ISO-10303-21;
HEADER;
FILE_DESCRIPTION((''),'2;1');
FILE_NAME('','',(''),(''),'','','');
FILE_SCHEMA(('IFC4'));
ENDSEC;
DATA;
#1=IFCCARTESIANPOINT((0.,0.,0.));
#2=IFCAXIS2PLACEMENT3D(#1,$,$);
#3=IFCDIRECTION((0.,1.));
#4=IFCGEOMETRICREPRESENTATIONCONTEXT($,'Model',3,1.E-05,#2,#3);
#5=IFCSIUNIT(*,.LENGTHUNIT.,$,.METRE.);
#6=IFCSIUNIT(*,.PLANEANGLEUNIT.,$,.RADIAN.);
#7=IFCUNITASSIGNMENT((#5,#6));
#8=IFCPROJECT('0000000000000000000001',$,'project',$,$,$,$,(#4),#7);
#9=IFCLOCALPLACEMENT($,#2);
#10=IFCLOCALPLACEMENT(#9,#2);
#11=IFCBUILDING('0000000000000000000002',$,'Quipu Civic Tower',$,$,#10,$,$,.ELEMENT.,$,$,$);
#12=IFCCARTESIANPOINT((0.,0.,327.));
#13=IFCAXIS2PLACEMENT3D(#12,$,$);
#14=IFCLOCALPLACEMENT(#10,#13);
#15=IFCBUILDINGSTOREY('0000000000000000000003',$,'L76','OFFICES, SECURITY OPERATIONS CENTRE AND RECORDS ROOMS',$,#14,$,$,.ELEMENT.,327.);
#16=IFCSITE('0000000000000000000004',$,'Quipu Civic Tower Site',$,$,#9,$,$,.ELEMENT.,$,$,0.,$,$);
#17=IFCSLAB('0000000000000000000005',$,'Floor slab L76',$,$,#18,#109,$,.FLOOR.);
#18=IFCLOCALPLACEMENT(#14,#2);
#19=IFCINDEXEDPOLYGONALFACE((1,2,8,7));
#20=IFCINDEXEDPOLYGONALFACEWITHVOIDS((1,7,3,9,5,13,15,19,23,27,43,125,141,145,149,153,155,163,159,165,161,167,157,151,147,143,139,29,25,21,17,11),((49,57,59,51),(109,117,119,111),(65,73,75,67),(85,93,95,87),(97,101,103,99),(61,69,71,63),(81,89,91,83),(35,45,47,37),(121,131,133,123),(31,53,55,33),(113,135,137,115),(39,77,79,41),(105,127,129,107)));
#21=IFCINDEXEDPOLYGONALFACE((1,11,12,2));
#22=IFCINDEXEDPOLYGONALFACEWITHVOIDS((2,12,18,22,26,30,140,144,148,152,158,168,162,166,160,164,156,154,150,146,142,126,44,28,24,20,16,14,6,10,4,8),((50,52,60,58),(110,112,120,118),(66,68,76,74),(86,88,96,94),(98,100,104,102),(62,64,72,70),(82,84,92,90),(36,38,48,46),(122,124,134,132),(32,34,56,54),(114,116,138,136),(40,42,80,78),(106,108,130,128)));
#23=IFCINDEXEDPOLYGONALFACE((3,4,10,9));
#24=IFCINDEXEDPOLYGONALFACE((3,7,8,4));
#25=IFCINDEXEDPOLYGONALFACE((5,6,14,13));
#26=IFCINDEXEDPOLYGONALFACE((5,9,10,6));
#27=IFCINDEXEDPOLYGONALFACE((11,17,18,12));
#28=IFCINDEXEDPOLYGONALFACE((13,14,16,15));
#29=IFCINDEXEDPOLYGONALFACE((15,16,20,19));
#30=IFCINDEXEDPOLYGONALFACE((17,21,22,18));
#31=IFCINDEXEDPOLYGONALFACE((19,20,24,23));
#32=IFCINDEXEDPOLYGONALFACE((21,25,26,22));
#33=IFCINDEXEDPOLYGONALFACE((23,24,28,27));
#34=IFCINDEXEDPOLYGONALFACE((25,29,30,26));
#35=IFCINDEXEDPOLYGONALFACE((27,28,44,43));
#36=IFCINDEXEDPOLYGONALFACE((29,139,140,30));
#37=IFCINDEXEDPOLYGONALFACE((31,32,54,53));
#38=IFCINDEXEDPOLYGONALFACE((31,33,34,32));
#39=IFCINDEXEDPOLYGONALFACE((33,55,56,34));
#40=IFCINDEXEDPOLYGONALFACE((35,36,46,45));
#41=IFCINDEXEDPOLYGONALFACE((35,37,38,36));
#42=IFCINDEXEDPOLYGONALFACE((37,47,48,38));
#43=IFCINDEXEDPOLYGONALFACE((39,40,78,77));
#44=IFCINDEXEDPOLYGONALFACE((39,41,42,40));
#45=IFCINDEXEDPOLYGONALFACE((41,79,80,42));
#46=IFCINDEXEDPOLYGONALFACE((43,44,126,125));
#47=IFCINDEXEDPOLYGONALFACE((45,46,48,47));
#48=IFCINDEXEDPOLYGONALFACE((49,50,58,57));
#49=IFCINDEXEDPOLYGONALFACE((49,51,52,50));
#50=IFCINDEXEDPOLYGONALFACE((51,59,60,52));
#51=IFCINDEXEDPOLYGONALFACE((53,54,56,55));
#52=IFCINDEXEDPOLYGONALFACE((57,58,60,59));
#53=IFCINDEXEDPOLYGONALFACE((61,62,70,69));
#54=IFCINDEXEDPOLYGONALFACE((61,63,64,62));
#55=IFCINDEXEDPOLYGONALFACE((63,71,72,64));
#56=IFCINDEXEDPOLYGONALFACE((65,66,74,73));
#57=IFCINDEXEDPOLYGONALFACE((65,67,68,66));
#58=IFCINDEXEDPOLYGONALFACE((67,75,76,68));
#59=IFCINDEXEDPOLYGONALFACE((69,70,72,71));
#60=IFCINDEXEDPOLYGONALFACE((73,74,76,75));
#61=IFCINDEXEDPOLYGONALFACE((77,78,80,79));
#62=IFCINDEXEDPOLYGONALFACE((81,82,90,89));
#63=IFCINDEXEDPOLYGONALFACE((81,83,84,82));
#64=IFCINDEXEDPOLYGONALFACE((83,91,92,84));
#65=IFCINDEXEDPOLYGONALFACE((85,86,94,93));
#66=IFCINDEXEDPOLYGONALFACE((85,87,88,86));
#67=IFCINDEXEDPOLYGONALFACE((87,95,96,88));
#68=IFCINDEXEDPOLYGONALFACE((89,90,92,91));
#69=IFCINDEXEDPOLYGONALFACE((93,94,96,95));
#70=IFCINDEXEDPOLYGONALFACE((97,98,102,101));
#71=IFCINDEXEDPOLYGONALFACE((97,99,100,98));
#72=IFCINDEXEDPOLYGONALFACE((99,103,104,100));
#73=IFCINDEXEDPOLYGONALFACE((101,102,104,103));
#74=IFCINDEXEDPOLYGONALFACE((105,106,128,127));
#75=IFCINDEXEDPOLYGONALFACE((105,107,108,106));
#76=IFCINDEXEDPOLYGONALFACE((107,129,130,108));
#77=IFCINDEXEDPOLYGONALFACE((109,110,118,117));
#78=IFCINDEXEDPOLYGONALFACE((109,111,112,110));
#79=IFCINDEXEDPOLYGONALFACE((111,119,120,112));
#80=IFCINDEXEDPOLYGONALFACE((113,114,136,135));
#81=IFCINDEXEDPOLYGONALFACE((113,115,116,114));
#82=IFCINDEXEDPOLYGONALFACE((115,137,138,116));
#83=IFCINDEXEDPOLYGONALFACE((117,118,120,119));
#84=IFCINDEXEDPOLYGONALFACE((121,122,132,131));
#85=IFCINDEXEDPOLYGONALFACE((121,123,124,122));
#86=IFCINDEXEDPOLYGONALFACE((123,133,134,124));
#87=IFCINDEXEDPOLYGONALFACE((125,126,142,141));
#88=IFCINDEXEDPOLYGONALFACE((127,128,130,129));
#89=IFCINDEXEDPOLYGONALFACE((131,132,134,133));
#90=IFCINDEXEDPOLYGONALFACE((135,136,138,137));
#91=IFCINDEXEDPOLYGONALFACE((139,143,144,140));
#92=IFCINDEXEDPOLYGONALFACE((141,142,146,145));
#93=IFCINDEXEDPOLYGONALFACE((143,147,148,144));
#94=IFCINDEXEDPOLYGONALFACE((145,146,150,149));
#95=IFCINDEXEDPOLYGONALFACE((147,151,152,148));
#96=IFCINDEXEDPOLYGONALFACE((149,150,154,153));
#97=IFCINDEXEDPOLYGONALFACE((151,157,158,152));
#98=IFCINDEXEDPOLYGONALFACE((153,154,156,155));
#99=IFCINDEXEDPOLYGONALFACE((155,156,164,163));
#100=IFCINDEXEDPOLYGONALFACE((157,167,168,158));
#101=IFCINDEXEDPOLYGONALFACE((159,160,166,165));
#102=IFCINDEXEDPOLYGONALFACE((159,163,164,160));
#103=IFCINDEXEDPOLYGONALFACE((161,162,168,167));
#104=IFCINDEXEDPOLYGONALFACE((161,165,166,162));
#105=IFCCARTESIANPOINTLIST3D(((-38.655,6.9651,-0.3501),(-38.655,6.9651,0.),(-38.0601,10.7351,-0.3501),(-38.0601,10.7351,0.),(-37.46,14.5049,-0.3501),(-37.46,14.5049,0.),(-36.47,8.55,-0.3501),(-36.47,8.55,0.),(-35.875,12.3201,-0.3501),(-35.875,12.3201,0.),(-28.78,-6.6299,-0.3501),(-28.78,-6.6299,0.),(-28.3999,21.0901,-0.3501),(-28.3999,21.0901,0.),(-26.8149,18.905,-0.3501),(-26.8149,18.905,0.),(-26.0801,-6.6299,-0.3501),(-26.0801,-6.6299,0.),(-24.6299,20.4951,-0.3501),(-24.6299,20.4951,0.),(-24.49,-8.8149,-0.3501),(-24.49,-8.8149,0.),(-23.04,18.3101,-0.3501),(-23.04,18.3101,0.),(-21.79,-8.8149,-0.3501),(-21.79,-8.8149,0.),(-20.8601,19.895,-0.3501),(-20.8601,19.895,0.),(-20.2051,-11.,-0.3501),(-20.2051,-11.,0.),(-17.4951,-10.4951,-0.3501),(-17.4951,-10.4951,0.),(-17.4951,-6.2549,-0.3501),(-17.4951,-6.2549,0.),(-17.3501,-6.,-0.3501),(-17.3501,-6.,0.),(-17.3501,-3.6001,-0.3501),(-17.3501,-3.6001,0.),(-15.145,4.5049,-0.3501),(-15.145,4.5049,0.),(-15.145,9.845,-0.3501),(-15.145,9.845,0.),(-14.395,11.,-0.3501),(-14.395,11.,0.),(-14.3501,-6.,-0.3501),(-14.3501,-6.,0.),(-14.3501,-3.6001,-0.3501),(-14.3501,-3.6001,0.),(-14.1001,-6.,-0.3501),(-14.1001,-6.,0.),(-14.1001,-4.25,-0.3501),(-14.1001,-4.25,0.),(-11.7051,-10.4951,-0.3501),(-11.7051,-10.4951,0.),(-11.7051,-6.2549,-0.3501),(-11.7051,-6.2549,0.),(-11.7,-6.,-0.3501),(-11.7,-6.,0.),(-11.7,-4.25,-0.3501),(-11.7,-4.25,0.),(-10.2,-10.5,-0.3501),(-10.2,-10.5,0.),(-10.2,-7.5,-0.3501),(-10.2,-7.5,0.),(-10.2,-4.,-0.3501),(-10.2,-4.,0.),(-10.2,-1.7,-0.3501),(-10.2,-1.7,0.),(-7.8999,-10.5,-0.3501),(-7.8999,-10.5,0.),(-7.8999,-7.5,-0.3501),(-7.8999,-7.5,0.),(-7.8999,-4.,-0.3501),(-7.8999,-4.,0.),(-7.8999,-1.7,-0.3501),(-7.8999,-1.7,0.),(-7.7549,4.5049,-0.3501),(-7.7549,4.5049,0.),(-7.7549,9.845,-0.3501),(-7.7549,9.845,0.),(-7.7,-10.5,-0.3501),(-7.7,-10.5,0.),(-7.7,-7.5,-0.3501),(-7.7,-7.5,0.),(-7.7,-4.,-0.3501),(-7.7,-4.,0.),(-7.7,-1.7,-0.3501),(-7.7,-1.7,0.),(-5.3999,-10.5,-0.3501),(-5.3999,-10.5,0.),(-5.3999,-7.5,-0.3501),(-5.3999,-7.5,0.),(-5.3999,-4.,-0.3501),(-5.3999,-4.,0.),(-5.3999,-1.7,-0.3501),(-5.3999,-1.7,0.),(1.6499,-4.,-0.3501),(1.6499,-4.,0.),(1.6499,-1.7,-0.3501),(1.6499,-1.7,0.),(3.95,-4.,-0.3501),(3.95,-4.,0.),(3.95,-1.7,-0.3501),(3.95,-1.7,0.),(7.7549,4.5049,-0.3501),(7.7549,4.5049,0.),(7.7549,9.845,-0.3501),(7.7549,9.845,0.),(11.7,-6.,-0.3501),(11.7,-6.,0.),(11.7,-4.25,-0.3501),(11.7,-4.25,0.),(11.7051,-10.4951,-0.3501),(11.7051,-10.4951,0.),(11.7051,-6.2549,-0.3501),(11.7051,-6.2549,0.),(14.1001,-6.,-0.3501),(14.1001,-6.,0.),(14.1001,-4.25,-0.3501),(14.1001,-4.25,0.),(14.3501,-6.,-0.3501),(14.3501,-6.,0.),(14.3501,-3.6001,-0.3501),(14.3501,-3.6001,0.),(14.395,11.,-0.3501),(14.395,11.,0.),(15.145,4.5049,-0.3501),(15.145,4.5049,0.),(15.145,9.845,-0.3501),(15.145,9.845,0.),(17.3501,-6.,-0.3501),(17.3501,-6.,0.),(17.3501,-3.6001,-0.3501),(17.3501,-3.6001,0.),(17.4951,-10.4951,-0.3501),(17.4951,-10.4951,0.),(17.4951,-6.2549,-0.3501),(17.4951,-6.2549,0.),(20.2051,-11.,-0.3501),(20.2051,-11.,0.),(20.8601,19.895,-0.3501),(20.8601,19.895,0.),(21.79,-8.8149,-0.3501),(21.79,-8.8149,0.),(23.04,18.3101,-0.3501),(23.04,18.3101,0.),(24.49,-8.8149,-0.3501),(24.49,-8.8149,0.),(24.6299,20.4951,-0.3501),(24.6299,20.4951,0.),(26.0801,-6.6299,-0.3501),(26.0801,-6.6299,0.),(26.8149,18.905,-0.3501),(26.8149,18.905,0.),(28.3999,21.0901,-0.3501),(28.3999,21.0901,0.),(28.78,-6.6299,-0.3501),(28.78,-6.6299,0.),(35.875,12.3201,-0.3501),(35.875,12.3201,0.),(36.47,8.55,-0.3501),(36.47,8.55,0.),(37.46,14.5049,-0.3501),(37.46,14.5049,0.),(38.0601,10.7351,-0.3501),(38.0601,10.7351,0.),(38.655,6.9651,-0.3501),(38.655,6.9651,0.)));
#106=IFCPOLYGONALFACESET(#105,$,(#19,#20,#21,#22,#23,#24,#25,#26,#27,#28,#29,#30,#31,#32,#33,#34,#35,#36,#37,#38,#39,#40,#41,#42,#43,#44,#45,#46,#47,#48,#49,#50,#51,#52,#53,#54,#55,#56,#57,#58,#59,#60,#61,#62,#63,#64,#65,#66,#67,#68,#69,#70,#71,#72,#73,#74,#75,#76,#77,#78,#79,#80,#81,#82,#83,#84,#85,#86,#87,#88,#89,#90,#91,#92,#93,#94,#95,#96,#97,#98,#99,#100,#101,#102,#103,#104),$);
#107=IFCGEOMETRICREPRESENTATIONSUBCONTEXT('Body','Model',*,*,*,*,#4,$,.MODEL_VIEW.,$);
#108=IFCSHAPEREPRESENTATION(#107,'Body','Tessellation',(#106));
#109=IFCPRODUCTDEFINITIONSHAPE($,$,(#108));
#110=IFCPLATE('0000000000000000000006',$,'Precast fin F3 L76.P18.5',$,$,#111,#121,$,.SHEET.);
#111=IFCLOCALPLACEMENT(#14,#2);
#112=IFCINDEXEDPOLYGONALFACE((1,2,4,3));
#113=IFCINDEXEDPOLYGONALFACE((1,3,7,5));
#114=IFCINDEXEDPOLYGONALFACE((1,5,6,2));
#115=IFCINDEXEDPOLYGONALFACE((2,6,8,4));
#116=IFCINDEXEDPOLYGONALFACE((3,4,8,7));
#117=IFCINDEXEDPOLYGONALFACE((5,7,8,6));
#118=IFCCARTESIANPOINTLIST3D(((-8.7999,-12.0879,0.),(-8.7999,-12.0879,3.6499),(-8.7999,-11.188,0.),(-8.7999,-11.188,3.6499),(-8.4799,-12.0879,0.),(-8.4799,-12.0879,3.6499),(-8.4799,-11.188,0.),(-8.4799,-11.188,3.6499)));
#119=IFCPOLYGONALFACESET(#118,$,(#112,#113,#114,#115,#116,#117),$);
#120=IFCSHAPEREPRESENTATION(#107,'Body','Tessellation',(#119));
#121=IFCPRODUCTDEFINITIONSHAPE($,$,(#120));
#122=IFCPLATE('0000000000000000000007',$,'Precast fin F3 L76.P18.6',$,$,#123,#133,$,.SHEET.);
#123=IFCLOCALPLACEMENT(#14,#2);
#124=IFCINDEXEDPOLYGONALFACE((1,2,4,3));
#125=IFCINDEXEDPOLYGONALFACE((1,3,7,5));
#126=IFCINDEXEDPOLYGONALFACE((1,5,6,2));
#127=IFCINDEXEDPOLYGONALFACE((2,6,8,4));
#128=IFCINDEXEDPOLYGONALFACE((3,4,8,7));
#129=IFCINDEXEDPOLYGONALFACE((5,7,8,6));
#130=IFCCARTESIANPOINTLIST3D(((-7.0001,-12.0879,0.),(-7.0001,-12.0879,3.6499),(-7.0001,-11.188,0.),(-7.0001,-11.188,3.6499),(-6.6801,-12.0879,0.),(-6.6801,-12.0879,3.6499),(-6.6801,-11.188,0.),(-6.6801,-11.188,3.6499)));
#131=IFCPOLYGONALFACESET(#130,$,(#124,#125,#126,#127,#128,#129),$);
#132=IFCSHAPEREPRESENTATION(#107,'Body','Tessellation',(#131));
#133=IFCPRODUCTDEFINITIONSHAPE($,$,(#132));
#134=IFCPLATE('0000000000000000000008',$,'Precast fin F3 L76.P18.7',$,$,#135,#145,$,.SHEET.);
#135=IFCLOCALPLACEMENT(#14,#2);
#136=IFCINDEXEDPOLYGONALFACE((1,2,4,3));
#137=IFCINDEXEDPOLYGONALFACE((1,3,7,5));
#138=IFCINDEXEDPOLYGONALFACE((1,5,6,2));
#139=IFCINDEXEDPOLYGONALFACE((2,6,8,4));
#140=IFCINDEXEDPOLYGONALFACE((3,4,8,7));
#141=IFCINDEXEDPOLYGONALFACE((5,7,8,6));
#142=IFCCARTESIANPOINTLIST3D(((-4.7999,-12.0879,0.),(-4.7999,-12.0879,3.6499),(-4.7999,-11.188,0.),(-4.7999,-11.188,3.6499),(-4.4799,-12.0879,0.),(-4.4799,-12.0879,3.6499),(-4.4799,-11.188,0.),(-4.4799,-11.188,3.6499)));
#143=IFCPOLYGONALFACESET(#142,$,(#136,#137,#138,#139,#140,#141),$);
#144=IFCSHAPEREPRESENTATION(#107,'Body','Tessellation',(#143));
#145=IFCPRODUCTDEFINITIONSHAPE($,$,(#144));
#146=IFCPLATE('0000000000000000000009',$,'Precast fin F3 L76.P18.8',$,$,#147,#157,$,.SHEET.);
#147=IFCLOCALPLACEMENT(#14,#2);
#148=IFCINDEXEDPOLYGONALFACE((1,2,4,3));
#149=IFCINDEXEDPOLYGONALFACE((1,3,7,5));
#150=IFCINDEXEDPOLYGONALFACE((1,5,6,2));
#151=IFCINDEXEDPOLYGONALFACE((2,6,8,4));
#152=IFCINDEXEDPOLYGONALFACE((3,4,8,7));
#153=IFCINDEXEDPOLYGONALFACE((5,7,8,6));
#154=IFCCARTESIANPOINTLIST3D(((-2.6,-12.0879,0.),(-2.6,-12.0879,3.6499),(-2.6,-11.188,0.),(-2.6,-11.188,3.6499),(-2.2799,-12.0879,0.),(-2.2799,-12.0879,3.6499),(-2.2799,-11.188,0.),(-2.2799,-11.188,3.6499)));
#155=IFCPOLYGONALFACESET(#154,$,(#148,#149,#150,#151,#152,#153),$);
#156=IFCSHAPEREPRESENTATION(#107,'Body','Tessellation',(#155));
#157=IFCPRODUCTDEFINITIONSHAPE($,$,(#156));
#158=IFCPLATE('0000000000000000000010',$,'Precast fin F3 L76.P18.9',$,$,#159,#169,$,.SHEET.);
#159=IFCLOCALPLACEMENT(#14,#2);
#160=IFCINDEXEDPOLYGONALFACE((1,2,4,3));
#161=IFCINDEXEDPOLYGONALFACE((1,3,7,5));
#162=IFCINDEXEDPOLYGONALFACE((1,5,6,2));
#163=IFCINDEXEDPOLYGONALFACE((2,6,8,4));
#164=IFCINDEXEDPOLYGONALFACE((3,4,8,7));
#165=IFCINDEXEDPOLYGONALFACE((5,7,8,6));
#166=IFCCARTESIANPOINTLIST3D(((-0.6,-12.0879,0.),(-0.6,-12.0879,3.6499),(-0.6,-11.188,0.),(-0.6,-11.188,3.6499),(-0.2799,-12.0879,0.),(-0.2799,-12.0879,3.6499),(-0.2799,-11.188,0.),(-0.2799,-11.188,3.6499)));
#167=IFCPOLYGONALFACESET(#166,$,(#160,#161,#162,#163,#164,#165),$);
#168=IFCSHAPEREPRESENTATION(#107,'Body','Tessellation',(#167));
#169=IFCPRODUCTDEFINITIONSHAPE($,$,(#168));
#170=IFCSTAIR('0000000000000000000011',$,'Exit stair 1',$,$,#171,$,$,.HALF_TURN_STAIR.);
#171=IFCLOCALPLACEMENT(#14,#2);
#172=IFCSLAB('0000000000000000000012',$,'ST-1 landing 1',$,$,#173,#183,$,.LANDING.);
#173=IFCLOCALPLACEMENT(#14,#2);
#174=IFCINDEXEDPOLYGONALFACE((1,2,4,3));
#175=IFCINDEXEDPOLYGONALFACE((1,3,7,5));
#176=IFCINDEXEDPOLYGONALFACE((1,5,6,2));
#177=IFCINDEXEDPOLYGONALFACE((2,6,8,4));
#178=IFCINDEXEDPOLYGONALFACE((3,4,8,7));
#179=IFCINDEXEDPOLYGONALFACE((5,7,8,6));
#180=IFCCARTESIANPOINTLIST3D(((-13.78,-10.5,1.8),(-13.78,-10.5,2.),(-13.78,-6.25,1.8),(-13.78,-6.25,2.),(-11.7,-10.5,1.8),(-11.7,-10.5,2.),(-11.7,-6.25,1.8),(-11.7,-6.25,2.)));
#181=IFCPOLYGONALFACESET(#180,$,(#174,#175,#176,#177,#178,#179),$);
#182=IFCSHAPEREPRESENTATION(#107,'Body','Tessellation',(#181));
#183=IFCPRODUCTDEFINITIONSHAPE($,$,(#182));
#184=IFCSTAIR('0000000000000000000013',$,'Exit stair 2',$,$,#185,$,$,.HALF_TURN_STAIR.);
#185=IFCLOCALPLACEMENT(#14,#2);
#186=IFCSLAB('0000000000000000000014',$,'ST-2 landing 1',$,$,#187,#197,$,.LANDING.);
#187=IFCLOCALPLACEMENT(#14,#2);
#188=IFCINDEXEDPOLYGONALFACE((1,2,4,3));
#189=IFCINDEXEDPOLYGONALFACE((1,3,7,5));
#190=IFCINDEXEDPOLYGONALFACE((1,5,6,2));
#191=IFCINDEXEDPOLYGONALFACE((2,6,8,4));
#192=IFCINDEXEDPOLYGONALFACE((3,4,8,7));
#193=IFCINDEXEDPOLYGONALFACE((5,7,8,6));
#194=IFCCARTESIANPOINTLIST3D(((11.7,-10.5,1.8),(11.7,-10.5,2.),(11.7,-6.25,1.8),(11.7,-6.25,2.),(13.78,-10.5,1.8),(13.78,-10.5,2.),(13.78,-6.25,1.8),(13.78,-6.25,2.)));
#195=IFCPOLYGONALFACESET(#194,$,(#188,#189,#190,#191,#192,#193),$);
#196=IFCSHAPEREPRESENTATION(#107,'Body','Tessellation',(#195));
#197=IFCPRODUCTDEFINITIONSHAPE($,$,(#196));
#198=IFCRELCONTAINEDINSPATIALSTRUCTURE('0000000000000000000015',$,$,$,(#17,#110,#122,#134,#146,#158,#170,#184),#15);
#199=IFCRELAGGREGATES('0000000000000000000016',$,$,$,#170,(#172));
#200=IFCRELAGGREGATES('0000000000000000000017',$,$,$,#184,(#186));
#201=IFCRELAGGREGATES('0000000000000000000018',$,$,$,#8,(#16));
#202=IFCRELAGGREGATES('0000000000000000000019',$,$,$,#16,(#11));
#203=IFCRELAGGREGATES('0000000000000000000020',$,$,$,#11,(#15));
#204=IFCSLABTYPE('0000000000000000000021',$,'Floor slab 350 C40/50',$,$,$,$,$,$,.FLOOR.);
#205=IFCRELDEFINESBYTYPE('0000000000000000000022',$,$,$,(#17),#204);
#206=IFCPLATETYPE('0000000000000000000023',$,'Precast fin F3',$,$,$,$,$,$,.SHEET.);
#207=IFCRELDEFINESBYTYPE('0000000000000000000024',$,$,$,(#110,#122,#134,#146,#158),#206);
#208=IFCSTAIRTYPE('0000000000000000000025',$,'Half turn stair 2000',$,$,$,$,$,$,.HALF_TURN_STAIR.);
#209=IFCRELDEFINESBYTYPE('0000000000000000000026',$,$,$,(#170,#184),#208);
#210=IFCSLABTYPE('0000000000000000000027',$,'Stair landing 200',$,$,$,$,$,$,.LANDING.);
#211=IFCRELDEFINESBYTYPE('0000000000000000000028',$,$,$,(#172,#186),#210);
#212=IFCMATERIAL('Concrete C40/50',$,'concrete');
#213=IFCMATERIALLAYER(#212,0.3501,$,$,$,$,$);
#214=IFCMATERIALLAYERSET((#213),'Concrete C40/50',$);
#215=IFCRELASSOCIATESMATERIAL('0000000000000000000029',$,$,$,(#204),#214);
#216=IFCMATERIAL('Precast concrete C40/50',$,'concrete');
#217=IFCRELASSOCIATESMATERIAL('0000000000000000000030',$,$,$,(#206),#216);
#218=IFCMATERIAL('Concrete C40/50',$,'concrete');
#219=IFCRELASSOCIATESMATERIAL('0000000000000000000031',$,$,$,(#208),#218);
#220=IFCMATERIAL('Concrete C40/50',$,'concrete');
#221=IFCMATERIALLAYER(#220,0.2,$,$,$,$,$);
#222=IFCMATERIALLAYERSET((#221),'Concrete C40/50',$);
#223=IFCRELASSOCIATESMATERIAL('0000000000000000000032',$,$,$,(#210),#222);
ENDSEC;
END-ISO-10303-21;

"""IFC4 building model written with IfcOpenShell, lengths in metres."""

from ifc_helpers import new_model, si_unit, direction, frame, origin, origin_2d, place, context, subcontext, project, spatial, polyline, rectangle, outline, extrude, material, layer, layer_set, type_object, element, aggregate, save


model = new_model("IFC4")

# Units and contexts
model_context = context("Model", 3, precision=1e-05, world=origin(), true_north=direction((0.0, 1.0)))
body_context = subcontext(model_context, "Body", "Model", "MODEL_VIEW")
ifc_project = project(units=[si_unit("LENGTHUNIT", "METRE"), si_unit("PLANEANGLEUNIT", "RADIAN")], contexts=[model_context])

# Site, building, storey
site_placement = place(None, origin())
site = spatial("IfcSite", under=ifc_project, at=site_placement, Name="Quipu Civic Tower Site", CompositionType="ELEMENT", RefElevation=0.0)
building_placement = place(site_placement, origin())
building = spatial("IfcBuilding", under=site, at=building_placement, Name="Quipu Civic Tower", CompositionType="ELEMENT")
storey_placement = place(building_placement, frame((0.0, 0.0, 327.0)))
storey = spatial("IfcBuildingStorey", under=building, at=storey_placement, Name="L76", Description="OFFICES, SECURITY OPERATIONS CENTRE AND RECORDS ROOMS", CompositionType="ELEMENT", Elevation=327.0)

# Slab
ifc_material_1 = material(Name="Concrete C40/50", Category="concrete")
ifc_layer_1 = layer(ifc_material_1, 0.3501)
ifc_layer_set_1 = layer_set([ifc_layer_1], Name="Concrete C40/50")
slab_type_1 = type_object("IfcSlabType", Name="Floor slab 350 C40/50", PredefinedType="FLOOR", material=ifc_layer_set_1)
slab_1_placement = place(storey_placement, frame((0.0, 0.0, -0.3501)))
element("IfcSlab", 1, at=slab_1_placement, inside=storey, type_object=slab_type_1, Name="Floor slab L76", PredefinedType="FLOOR", context=body_context, shape_type="SweptSolid", body=[
    extrude(outline(polyline([(20.8601, 19.895), (23.04, 18.3101), (24.6299, 20.4951), (26.8149, 18.905), (28.3999, 21.0901), (37.46, 14.5049), (35.875, 12.3201), (38.0601, 10.7351), (36.47, 8.55), (38.655, 6.9651), (28.78, -6.6299), (26.0801, -6.6299), (24.49, -8.8149), (21.79, -8.8149), (20.2051, -11.0), (-20.2051, -11.0), (-21.79, -8.8149), (-24.49, -8.8149), (-26.0801, -6.6299), (-28.78, -6.6299), (-38.655, 6.9651), (-36.47, 8.55), (-38.0601, 10.7351), (-35.875, 12.3201), (-37.46, 14.5049), (-28.3999, 21.0901), (-26.8149, 18.905), (-24.6299, 20.4951), (-23.04, 18.3101), (-20.8601, 19.895), (-14.395, 11.0), (14.395, 11.0), (20.8601, 19.895)]), holes=[polyline([(-10.2, -10.5), (-7.8999, -10.5), (-7.8999, -7.5), (-10.2, -7.5), (-10.2, -10.5)]), polyline([(-7.7, -7.5), (-7.7, -10.5), (-5.3999, -10.5), (-5.3999, -7.5), (-7.7, -7.5)]), polyline([(-11.7051, -6.2549), (-17.4951, -6.2549), (-17.4951, -10.4951), (-11.7051, -10.4951), (-11.7051, -6.2549)]), polyline([(-14.1001, -6.0), (-11.7, -6.0), (-11.7, -4.25), (-14.1001, -4.25), (-14.1001, -6.0)]), polyline([(-17.3501, -3.6001), (-17.3501, -6.0), (-14.3501, -6.0), (-14.3501, -3.6001), (-17.3501, -3.6001)]), polyline([(-10.2, -1.7), (-10.2, -4.0), (-7.8999, -4.0), (-7.8999, -1.7), (-10.2, -1.7)]), polyline([(-15.145, 9.845), (-15.145, 4.5049), (-7.7549, 4.5049), (-7.7549, 9.845), (-15.145, 9.845)]), polyline([(11.7051, -10.4951), (17.4951, -10.4951), (17.4951, -6.2549), (11.7051, -6.2549), (11.7051, -10.4951)]), polyline([(11.7, -4.25), (11.7, -6.0), (14.1001, -6.0), (14.1001, -4.25), (11.7, -4.25)]), polyline([(14.3501, -3.6001), (14.3501, -6.0), (17.3501, -6.0), (17.3501, -3.6001), (14.3501, -3.6001)]), polyline([(-7.7, -1.7), (-7.7, -4.0), (-5.3999, -4.0), (-5.3999, -1.7), (-7.7, -1.7)]), polyline([(1.6499, -1.7), (1.6499, -4.0), (3.95, -4.0), (3.95, -1.7), (1.6499, -1.7)]), polyline([(7.7549, 4.5049), (15.145, 4.5049), (15.145, 9.845), (7.7549, 9.845), (7.7549, 4.5049)])]), origin(), (0.0, 0.0, 1.0), 0.3501),
])

# Plates
ifc_material_2 = material(Name="Precast concrete C40/50", Category="concrete")
plate_type = type_object("IfcPlateType", Name="Precast fin F3", PredefinedType="SHEET", material=ifc_material_2)
for number, where, z_axis, x_axis, name in (
    (2, (-8.6399, -11.6379, 0.0), (0.0, 0.0, 1.0), (1.0, 0.0, 0.0), "Precast fin F3 L76.P18.5"),
    (3, (-6.8401, -11.6379, 0.0), (0.0, 0.0, 1.0), (1.0, 0.0, 0.0), "Precast fin F3 L76.P18.6"),
    (4, (-4.6399, -11.6379, 0.0), (0.0, 0.0, 1.0), (1.0, 0.0, 0.0), "Precast fin F3 L76.P18.7"),
    (5, (-2.4399, -11.6379, 0.0), (0.0, 0.0, 1.0), (1.0, 0.0, 0.0), "Precast fin F3 L76.P18.8"),
    (6, (-0.4399, -11.6379, 0.0), (0.0, 0.0, 1.0), (1.0, 0.0, 0.0), "Precast fin F3 L76.P18.9"),
):
    element("IfcPlate", number, at=place(storey_placement, frame(where, z_axis=z_axis, x_axis=x_axis)), inside=storey, type_object=plate_type, Name=name, PredefinedType="SHEET", context=body_context, shape_type="SweptSolid", body=[
        extrude(rectangle(XDim=0.3201, YDim=0.8999, at=origin_2d()), origin(), (0.0, 0.0, 1.0), 3.6499),
    ])

# Stairs, slabs
ifc_material_3 = material(Name="Concrete C40/50", Category="concrete")
stair_type = type_object("IfcStairType", Name="Half turn stair 2000", PredefinedType="HALF_TURN_STAIR", material=ifc_material_3)
stair_1_placement = place(storey_placement, origin())
stair_1 = element("IfcStair", 7, at=stair_1_placement, inside=storey, type_object=stair_type, Name="Exit stair 1", PredefinedType="HALF_TURN_STAIR")
ifc_material_4 = material(Name="Concrete C40/50", Category="concrete")
ifc_layer_2 = layer(ifc_material_4, 0.2)
ifc_layer_set_2 = layer_set([ifc_layer_2], Name="Concrete C40/50")
slab_type_2 = type_object("IfcSlabType", Name="Stair landing 200", PredefinedType="LANDING", material=ifc_layer_set_2)
slab_2_placement = place(storey_placement, frame((0.0, 0.0, 1.8)))
slab_2 = element("IfcSlab", 8, at=slab_2_placement, type_object=slab_type_2, Name="ST-1 landing 1", PredefinedType="LANDING", context=body_context, shape_type="SweptSolid", body=[
    extrude(outline(polyline([(-13.78, -10.5), (-11.7, -10.5), (-11.7, -6.25), (-13.78, -6.25), (-13.78, -10.5)])), origin(), (0.0, 0.0, 1.0), 0.2),
])
aggregate(stair_1, [slab_2])
stair_2_placement = place(storey_placement, origin())
stair_2 = element("IfcStair", 9, at=stair_2_placement, inside=storey, type_object=stair_type, Name="Exit stair 2", PredefinedType="HALF_TURN_STAIR")
slab_3_placement = place(storey_placement, frame((0.0, 0.0, 1.8)))
slab_3 = element("IfcSlab", 10, at=slab_3_placement, type_object=slab_type_2, Name="ST-2 landing 1", PredefinedType="LANDING", context=body_context, shape_type="SweptSolid", body=[
    extrude(outline(polyline([(13.78, -6.25), (11.7, -6.25), (11.7, -10.5), (13.78, -10.5), (13.78, -6.25)])), origin(), (0.0, 0.0, 1.0), 0.2),
])
aggregate(stair_2, [slab_3])

save(model, "model.ifc")
